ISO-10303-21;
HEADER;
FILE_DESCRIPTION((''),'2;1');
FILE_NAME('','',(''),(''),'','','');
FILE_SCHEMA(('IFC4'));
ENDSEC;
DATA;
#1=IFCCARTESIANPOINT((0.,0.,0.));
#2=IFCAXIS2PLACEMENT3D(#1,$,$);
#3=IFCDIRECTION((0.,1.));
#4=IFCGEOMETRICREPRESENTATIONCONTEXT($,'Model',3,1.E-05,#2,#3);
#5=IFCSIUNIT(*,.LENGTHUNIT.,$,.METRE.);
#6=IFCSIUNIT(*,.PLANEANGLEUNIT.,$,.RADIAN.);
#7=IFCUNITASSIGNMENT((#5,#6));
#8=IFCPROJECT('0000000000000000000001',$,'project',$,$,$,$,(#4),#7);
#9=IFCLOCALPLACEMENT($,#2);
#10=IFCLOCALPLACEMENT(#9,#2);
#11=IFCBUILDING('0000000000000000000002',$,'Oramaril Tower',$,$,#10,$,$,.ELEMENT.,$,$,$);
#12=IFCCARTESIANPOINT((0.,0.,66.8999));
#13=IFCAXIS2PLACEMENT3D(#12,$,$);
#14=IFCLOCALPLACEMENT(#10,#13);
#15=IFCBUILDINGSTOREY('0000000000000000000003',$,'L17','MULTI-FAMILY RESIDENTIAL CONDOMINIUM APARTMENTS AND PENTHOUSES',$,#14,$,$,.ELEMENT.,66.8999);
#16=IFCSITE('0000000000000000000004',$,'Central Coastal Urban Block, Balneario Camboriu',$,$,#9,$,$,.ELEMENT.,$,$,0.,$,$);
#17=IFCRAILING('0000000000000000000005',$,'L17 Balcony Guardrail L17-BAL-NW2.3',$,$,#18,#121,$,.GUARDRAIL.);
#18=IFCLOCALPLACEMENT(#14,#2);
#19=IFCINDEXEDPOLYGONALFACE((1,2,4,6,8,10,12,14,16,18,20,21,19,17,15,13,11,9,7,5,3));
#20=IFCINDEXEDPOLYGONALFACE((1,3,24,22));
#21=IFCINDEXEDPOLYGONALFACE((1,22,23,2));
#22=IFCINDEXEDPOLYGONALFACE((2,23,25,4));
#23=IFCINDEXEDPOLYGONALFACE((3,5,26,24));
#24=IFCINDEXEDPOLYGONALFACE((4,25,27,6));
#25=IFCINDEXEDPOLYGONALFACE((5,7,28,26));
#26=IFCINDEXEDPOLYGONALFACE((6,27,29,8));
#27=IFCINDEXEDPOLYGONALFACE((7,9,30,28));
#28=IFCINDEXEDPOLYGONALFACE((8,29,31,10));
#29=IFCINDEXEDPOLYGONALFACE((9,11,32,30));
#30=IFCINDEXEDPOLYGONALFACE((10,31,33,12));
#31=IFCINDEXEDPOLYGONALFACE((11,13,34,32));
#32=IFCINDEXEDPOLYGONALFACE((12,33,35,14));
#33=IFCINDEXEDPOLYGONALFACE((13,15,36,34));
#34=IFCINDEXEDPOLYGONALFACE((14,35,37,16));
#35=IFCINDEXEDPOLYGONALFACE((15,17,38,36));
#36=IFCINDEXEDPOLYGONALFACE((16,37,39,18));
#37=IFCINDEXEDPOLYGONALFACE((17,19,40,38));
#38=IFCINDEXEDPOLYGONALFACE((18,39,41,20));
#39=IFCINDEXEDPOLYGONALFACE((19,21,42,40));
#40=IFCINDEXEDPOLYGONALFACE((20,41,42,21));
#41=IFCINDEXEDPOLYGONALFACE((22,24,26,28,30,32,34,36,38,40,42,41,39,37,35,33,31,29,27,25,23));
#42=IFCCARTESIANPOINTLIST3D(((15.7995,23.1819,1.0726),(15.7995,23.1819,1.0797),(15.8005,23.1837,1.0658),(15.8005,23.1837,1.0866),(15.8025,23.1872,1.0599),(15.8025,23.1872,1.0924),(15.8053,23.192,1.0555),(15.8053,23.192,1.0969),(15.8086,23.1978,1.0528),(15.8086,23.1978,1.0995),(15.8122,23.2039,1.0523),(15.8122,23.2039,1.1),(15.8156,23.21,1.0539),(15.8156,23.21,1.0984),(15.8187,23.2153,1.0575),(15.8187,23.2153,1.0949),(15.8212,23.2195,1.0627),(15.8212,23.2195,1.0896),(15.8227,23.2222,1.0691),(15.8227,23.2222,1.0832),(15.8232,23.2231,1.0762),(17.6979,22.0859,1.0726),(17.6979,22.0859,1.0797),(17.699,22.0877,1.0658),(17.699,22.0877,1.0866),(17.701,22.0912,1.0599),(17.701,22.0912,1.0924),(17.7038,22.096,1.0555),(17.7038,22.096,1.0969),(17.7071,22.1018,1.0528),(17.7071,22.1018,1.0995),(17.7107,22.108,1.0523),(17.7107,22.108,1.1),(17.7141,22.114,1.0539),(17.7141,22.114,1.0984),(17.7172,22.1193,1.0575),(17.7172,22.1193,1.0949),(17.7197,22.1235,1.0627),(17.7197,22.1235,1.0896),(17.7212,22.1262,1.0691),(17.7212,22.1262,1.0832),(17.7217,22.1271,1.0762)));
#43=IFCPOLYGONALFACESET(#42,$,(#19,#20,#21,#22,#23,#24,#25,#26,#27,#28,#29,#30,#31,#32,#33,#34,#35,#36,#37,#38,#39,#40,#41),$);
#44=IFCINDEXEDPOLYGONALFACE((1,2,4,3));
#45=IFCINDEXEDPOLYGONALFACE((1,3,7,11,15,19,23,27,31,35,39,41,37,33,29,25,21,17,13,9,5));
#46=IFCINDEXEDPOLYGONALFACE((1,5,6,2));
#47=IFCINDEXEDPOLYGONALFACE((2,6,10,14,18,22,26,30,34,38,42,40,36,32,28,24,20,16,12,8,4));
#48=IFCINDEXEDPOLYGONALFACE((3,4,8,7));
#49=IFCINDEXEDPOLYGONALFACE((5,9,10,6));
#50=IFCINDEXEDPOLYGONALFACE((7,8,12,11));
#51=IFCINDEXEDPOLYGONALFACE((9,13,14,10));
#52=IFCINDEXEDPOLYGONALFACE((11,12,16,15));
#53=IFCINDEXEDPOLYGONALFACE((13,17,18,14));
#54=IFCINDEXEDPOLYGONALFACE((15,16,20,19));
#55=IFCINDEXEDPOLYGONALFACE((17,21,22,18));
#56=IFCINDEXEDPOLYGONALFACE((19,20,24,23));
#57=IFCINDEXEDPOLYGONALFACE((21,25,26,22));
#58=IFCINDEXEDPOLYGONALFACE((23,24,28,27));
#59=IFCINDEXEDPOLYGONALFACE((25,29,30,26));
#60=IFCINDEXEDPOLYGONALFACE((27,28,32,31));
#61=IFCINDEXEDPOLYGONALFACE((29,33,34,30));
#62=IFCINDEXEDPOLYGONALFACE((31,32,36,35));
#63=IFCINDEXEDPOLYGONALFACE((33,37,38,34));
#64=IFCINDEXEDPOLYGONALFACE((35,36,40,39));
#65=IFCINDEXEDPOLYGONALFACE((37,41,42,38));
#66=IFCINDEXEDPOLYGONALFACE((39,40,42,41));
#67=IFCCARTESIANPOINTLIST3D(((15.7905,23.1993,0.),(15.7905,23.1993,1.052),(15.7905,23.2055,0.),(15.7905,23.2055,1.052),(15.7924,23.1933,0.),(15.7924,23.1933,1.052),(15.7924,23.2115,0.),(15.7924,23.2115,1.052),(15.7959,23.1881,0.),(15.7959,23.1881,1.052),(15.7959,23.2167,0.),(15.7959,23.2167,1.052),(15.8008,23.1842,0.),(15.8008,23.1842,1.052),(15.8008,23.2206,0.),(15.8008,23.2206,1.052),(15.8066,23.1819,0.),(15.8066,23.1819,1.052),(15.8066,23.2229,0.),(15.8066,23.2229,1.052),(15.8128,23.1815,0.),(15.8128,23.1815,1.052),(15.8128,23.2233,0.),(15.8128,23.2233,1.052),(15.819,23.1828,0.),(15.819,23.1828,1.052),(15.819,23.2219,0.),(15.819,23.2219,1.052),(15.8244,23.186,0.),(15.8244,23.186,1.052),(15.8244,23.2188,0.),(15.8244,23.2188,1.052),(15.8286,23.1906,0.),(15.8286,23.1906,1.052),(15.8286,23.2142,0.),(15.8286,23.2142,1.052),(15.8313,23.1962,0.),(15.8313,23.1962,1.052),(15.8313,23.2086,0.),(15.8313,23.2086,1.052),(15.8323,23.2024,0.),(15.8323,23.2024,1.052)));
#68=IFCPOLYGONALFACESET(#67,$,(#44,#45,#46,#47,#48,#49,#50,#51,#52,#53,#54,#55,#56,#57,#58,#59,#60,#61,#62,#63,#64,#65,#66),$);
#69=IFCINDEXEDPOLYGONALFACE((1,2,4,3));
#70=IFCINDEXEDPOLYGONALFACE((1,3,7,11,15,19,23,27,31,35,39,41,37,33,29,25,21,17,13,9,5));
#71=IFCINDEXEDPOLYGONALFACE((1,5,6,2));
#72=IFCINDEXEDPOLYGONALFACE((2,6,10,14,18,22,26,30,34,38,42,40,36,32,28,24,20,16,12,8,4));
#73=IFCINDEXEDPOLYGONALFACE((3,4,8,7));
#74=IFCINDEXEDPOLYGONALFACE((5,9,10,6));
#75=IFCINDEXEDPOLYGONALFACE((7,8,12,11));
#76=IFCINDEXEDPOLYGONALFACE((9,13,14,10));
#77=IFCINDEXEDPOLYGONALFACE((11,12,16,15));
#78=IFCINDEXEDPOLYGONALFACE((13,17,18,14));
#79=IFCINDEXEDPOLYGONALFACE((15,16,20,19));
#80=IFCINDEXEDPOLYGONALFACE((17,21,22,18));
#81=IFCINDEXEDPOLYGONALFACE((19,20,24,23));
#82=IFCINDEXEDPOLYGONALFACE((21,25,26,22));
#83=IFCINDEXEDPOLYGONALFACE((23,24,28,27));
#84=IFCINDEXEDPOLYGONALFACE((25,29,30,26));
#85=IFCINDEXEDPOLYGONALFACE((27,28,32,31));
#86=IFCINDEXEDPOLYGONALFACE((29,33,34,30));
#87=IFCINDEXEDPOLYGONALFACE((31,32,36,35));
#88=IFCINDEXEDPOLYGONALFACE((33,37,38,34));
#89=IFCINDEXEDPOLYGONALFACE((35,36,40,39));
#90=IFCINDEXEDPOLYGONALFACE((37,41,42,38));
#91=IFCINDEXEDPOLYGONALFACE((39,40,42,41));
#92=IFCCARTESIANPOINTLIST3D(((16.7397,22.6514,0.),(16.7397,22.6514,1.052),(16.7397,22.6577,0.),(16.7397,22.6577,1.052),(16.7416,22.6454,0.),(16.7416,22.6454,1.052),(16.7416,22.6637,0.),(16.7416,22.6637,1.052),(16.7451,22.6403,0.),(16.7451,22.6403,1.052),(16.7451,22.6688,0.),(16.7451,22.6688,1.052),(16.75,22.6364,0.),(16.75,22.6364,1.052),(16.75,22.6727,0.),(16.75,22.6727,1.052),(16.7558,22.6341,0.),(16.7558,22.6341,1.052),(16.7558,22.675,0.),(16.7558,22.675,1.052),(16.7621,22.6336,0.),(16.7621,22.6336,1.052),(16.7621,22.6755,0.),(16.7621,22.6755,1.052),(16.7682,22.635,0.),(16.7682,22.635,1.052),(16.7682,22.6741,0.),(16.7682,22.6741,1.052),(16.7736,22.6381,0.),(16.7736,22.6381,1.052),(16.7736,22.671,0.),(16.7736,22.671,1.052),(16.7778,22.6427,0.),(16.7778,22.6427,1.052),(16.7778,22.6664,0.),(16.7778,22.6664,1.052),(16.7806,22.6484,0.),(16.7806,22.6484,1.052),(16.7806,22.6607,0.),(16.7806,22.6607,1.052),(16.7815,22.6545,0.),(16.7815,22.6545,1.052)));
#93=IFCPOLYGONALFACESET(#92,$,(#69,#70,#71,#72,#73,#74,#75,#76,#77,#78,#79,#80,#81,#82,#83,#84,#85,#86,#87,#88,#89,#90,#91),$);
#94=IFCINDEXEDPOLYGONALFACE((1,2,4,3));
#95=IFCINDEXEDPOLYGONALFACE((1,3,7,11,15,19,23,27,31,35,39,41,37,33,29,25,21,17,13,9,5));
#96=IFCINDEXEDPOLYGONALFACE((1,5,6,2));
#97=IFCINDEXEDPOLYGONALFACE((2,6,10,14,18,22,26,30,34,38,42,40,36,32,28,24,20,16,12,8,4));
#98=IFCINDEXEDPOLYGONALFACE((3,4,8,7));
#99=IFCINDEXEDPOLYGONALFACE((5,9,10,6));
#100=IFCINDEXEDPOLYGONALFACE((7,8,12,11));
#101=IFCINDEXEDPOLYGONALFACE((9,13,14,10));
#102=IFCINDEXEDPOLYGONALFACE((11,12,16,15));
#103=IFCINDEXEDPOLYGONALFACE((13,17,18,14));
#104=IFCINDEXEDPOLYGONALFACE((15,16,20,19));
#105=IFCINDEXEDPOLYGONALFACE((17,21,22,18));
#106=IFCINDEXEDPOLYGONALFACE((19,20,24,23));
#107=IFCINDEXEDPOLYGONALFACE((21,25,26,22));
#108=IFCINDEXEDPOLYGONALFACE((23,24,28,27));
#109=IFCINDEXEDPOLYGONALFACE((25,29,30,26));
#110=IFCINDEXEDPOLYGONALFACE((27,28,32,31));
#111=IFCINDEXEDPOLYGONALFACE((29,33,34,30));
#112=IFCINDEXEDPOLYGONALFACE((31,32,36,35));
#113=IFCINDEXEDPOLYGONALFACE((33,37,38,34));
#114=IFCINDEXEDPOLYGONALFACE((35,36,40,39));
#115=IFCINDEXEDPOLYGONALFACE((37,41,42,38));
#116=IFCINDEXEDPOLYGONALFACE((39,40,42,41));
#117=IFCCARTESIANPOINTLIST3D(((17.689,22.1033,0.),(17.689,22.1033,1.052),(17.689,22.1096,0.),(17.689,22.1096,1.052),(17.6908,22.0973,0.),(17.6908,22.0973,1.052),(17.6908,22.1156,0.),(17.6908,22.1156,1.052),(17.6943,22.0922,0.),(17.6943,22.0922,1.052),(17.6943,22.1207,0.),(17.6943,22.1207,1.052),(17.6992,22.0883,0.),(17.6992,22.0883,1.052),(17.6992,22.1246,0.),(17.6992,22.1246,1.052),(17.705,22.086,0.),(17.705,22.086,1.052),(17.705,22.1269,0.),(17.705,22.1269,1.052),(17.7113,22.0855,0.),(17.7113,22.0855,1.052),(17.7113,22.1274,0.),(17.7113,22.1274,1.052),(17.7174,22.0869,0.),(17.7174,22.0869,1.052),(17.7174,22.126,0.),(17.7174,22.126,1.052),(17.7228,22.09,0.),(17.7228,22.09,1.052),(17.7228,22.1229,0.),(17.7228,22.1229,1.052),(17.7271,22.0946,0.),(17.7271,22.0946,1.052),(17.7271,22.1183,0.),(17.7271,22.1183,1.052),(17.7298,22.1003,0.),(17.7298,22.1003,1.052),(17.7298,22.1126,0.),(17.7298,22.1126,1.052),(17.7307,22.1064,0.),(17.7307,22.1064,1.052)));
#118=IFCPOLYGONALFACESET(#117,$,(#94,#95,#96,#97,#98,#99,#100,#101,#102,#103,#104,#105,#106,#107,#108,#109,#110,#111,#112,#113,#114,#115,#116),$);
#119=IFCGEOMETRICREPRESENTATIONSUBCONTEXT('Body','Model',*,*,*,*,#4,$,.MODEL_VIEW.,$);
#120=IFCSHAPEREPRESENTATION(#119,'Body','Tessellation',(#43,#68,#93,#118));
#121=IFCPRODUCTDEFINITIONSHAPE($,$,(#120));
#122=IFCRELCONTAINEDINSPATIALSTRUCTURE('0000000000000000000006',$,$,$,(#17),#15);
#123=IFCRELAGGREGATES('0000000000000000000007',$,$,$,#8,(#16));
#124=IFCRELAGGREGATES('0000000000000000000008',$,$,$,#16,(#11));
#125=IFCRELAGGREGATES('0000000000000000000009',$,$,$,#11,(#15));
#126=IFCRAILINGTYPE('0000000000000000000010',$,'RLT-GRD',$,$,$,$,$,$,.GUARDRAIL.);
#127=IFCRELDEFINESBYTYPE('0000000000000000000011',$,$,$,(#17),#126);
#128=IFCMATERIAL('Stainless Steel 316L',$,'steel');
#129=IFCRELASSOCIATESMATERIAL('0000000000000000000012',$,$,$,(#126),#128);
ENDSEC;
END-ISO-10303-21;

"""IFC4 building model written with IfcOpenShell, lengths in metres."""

from ifc_helpers import new_model, si_unit, direction, frame, origin, origin_2d, place, context, subcontext, project, spatial, circle, extrude, material, type_object, element, save


model = new_model("IFC4")

# Units and contexts
model_context = context("Model", 3, precision=1e-05, world=origin(), true_north=direction((0.0, 1.0)))
body_context = subcontext(model_context, "Body", "Model", "MODEL_VIEW")
ifc_project = project(units=[si_unit("LENGTHUNIT", "METRE"), si_unit("PLANEANGLEUNIT", "RADIAN")], contexts=[model_context])

# Site, building, storey
site_placement = place(None, origin())
site = spatial("IfcSite", under=ifc_project, at=site_placement, Name="Central Coastal Urban Block, Balneario Camboriu", CompositionType="ELEMENT", RefElevation=0.0)
building_placement = place(site_placement, origin())
building = spatial("IfcBuilding", under=site, at=building_placement, Name="Oramaril Tower", CompositionType="ELEMENT")
storey_placement = place(building_placement, frame((0.0, 0.0, 66.8999)))
storey = spatial("IfcBuildingStorey", under=building, at=storey_placement, Name="L17", Description="MULTI-FAMILY RESIDENTIAL CONDOMINIUM APARTMENTS AND PENTHOUSES", CompositionType="ELEMENT", Elevation=66.8999)

# Railing
ifc_material_1 = material(Name="Stainless Steel 316L", Category="steel")
railing_type = type_object("IfcRailingType", Name="RLT-GRD", PredefinedType="GUARDRAIL", material=ifc_material_1)
railing_1_placement = place(storey_placement, frame((15.8113, 23.2024, 0.0)))
element("IfcRailing", 1, at=railing_1_placement, inside=storey, type_object=railing_type, Name="L17 Balcony Guardrail L17-BAL-NW2.3", PredefinedType="GUARDRAIL", context=body_context, shape_type="SweptSolid", body=[
    extrude(circle(Radius=0.0239, at=origin_2d()), frame((0.0, 0.0, 1.0762), z_axis=(0.866048, -0.49996, 0.0), x_axis=(0.49996, 0.866048, 0.0)), (0.0, 0.0, 1.0), 2.1921),
    extrude(circle(Radius=0.021, at=origin_2d()), origin(), (0.0, 0.0, 1.0), 1.052),
    extrude(circle(Radius=0.021, at=origin_2d()), frame((0.9492, -0.5479, 0.0)), (0.0, 0.0, 1.0), 1.052),
    extrude(circle(Radius=0.021, at=origin_2d()), frame((1.8984, -1.0959, 0.0)), (0.0, 0.0, 1.0), 1.052),
])

save(model, "model.ifc")
